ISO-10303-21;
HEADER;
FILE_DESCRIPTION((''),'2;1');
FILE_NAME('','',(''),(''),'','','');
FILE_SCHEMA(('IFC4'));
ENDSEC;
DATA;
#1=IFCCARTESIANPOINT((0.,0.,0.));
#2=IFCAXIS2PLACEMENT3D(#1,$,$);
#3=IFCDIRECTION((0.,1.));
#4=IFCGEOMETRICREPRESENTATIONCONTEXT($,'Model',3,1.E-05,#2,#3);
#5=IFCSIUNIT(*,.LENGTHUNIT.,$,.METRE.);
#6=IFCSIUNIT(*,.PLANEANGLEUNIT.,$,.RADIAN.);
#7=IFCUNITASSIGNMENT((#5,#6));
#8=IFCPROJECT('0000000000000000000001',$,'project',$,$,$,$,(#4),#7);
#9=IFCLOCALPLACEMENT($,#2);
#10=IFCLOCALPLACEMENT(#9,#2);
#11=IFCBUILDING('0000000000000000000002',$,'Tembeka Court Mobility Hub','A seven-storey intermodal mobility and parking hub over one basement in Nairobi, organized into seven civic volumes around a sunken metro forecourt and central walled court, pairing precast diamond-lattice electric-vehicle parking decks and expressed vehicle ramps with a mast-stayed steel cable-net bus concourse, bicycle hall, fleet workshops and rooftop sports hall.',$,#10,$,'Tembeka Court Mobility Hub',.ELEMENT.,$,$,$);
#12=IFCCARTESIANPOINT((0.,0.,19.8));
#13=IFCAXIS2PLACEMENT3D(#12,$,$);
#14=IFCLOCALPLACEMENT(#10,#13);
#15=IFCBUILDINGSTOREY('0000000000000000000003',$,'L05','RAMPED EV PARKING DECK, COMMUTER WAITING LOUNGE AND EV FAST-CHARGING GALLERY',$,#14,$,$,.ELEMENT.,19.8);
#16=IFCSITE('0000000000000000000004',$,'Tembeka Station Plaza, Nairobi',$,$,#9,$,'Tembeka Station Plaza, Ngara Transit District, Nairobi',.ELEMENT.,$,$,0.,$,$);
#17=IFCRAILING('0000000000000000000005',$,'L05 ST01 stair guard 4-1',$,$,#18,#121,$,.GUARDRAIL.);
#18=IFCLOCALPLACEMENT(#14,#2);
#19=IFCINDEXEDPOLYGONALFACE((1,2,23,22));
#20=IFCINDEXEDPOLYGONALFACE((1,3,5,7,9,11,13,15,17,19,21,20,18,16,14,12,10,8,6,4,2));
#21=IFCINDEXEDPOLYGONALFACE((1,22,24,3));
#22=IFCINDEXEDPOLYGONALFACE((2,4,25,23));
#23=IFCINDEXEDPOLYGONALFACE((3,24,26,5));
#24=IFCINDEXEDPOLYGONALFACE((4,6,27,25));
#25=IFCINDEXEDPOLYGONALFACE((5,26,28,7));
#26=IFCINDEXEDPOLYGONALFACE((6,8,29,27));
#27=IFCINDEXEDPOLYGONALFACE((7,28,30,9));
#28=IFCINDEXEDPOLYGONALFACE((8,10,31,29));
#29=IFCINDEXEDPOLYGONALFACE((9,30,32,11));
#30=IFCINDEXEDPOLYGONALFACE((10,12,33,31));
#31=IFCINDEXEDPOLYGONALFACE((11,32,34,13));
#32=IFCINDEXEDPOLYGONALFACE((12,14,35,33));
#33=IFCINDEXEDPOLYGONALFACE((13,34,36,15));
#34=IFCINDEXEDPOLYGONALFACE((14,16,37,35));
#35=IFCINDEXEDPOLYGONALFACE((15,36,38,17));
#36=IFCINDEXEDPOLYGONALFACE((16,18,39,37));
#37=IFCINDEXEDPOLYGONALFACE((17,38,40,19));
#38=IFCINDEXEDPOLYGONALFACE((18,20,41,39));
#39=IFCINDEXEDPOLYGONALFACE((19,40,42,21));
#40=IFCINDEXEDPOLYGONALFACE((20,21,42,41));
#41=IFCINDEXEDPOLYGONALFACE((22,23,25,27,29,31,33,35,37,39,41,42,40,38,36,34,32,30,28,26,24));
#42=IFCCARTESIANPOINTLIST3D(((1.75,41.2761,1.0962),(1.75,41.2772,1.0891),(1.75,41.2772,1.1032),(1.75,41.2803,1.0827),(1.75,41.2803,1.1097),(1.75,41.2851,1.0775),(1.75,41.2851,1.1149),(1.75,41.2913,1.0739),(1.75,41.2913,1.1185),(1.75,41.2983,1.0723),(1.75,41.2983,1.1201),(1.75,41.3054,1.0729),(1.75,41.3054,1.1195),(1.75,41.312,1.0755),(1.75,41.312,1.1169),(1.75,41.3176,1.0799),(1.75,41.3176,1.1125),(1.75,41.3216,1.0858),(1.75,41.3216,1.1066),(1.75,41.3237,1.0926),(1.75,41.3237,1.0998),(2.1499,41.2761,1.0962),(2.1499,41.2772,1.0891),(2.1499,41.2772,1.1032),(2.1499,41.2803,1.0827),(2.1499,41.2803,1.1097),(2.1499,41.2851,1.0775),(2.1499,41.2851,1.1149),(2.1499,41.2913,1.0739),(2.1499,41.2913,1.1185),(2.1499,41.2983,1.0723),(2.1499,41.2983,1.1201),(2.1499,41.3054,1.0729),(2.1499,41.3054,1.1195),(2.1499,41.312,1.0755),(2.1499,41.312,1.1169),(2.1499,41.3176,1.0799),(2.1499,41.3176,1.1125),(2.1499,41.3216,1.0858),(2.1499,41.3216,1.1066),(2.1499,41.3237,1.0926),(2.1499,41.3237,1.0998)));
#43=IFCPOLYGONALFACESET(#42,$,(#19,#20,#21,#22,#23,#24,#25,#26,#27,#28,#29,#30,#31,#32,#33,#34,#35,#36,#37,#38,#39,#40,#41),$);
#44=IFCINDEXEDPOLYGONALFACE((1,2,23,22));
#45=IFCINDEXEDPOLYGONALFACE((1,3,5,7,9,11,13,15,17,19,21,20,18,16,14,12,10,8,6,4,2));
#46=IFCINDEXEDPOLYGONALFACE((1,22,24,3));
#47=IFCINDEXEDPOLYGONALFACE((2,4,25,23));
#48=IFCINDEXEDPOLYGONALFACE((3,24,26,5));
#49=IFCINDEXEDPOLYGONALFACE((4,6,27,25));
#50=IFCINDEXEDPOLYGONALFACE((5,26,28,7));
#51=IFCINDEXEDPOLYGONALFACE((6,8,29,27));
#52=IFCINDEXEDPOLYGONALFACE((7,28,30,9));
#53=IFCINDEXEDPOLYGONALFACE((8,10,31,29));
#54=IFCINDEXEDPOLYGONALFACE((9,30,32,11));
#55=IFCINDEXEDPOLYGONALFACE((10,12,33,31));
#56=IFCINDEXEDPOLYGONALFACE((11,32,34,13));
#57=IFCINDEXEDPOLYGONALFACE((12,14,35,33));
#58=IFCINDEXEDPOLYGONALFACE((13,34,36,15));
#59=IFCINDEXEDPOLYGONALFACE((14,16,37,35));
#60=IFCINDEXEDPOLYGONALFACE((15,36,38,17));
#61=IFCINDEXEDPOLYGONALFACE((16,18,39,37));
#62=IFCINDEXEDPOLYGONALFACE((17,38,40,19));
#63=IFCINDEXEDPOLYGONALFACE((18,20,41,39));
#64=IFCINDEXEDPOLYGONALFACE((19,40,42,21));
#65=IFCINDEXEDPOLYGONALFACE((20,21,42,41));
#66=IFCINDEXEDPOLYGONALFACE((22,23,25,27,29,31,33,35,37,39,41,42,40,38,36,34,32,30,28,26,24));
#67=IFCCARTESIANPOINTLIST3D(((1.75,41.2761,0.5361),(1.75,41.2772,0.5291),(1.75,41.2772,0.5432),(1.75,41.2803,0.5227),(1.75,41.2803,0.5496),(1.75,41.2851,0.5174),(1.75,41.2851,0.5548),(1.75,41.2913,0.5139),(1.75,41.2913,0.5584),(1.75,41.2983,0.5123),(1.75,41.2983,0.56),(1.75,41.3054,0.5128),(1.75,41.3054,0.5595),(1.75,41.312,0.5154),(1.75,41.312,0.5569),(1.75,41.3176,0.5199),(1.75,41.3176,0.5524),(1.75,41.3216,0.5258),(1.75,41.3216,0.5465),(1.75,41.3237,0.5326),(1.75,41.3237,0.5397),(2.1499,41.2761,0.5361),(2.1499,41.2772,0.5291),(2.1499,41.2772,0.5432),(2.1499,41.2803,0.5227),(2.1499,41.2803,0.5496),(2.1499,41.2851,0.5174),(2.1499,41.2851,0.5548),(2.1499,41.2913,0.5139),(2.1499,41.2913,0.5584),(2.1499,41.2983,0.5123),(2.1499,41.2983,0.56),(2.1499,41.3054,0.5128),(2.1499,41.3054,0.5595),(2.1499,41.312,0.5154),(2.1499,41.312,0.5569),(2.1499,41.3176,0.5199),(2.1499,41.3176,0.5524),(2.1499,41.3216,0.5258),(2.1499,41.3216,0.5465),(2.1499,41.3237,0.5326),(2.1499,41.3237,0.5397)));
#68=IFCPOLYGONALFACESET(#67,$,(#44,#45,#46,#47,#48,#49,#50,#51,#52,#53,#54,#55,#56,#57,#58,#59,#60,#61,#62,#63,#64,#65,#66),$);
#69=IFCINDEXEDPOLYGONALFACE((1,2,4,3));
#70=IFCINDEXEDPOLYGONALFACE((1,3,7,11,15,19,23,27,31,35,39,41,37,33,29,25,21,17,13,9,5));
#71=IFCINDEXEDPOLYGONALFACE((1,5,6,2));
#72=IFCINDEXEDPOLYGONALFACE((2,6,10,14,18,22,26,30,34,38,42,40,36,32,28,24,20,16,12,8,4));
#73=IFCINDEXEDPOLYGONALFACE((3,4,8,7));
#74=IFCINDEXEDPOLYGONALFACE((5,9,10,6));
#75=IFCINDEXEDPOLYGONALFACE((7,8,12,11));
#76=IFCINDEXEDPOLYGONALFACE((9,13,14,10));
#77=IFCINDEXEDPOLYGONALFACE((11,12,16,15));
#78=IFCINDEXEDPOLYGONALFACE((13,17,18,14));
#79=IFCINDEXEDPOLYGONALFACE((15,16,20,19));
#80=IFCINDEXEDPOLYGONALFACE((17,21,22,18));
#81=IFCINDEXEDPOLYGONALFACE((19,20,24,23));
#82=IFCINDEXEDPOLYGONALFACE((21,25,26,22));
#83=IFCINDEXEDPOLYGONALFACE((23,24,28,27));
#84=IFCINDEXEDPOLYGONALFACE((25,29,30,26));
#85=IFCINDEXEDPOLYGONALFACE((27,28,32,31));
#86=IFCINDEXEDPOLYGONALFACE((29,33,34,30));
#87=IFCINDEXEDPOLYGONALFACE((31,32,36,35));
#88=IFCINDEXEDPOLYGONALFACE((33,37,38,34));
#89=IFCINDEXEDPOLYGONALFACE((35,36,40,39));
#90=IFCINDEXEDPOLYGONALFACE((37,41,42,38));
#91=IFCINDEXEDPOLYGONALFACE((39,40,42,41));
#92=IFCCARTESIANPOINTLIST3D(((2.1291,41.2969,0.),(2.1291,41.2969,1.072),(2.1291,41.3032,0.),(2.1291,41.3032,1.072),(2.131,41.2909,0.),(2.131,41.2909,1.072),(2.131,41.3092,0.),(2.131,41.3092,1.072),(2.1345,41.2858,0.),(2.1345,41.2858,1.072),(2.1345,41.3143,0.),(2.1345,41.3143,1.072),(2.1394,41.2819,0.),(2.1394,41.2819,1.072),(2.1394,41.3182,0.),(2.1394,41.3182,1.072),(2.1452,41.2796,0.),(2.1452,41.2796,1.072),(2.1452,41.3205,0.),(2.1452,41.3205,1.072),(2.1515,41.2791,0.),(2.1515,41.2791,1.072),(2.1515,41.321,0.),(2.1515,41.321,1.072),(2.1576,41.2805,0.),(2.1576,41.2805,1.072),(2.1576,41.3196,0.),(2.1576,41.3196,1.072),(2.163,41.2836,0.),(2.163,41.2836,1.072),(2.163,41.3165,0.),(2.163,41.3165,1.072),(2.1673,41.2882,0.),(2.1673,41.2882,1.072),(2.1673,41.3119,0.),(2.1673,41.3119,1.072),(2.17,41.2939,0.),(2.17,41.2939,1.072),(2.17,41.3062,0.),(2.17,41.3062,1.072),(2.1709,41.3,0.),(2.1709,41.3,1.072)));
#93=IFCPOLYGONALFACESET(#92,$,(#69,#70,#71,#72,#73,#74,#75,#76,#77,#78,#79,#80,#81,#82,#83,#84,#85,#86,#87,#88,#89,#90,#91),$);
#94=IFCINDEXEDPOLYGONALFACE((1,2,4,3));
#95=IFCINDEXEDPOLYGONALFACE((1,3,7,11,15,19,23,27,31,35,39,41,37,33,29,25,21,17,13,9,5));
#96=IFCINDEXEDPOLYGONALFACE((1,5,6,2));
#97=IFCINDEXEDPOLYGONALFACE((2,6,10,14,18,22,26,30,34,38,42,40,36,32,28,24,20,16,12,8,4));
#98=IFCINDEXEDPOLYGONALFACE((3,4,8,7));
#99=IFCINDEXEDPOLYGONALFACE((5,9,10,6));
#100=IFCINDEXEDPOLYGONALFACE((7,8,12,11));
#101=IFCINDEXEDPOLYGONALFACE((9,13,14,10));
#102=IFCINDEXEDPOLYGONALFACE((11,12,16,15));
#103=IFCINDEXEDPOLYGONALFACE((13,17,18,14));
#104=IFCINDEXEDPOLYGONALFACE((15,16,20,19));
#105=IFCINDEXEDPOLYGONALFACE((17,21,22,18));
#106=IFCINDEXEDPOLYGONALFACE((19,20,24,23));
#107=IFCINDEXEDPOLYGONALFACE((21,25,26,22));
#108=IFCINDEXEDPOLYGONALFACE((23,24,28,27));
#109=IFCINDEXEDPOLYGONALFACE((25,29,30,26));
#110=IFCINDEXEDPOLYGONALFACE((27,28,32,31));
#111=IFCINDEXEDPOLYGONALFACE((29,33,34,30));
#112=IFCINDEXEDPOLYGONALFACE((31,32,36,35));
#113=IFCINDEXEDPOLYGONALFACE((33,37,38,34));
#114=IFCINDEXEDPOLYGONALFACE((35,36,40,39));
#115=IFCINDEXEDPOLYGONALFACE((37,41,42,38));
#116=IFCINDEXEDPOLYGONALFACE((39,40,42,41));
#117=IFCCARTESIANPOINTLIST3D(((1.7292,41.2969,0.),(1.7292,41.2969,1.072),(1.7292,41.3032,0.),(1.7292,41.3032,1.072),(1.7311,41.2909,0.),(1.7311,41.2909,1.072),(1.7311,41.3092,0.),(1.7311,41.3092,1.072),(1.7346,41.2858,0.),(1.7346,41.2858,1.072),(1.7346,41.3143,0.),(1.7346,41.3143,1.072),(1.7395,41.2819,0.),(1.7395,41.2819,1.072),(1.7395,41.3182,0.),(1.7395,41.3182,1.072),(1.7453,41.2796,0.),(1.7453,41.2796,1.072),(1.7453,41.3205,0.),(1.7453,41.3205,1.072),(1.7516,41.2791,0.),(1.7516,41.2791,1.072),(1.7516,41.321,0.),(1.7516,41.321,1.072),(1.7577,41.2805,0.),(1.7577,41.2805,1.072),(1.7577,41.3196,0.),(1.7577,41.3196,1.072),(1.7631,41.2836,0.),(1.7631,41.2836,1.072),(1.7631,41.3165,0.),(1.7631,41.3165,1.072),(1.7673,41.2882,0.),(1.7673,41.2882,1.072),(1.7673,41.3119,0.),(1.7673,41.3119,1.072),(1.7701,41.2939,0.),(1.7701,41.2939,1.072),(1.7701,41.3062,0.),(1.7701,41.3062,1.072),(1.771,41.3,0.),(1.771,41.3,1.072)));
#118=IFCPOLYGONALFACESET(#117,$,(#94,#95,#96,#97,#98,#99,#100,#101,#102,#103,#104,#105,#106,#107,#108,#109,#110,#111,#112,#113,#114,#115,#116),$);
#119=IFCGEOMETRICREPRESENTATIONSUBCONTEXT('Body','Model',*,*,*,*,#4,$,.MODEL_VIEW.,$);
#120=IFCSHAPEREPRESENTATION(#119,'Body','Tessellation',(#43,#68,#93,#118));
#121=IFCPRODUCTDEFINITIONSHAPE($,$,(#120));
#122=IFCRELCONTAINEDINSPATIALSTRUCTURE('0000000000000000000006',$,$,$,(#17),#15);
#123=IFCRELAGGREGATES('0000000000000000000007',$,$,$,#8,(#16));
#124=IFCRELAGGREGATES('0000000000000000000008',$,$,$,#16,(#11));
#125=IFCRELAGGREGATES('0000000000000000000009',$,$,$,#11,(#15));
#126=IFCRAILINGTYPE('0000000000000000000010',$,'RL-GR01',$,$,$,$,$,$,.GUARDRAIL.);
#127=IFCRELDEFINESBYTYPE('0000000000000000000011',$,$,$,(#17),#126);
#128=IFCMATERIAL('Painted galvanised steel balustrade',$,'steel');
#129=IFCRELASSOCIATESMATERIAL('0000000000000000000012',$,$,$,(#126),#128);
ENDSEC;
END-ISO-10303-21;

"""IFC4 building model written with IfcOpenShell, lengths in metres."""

from ifc_helpers import new_model, si_unit, direction, frame, origin, origin_2d, place, context, subcontext, project, spatial, circle, extrude, material, type_object, element, save


model = new_model("IFC4")

# Units and contexts
model_context = context("Model", 3, precision=1e-05, world=origin(), true_north=direction((0.0, 1.0)))
body_context = subcontext(model_context, "Body", "Model", "MODEL_VIEW")
ifc_project = project(units=[si_unit("LENGTHUNIT", "METRE"), si_unit("PLANEANGLEUNIT", "RADIAN")], contexts=[model_context])

# Site, building, storey
site_placement = place(None, origin())
site = spatial("IfcSite", under=ifc_project, at=site_placement, Name="Tembeka Station Plaza, Nairobi", LongName="Tembeka Station Plaza, Ngara Transit District, Nairobi", CompositionType="ELEMENT", RefElevation=0.0)
building_placement = place(site_placement, origin())
building = spatial("IfcBuilding", under=site, at=building_placement, Name="Tembeka Court Mobility Hub", Description="A seven-storey intermodal mobility and parking hub over one basement in Nairobi, organized into seven civic volumes around a sunken metro forecourt and central walled court, pairing precast diamond-lattice electric-vehicle parking decks and expressed vehicle ramps with a mast-stayed steel cable-net bus concourse, bicycle hall, fleet workshops and rooftop sports hall.", LongName="Tembeka Court Mobility Hub", CompositionType="ELEMENT")
storey_placement = place(building_placement, frame((0.0, 0.0, 19.8)))
storey = spatial("IfcBuildingStorey", under=building, at=storey_placement, Name="L05", Description="RAMPED EV PARKING DECK, COMMUTER WAITING LOUNGE AND EV FAST-CHARGING GALLERY", CompositionType="ELEMENT", Elevation=19.8)

# Railing
ifc_material_1 = material(Name="Painted galvanised steel balustrade", Category="steel")
railing_type_1 = type_object("IfcRailingType", Name="RL-GR01", PredefinedType="GUARDRAIL", material=ifc_material_1)
railing_1_placement = place(storey_placement, frame((2.1499, 41.3, 0.0)))
element("IfcRailing", 1, at=railing_1_placement, inside=storey, type_object=railing_type_1, Name="L05 ST01 stair guard 4-1", PredefinedType="GUARDRAIL", context=body_context, shape_type="SweptSolid", body=[
    extrude(circle(Radius=0.0239, at=origin_2d()), frame((0.0, 0.0, 1.0962), z_axis=(-1.0, 0.0, 0.0), x_axis=(0.0, -1.0, 0.0)), (0.0, 0.0, 1.0), 0.3999),
    extrude(circle(Radius=0.0239, at=origin_2d()), frame((0.0, 0.0, 0.5361), z_axis=(-1.0, 0.0, 0.0), x_axis=(0.0, -1.0, 0.0)), (0.0, 0.0, 1.0), 0.3999),
    extrude(circle(Radius=0.021, at=origin_2d()), origin(), (0.0, 0.0, 1.0), 1.072),
    extrude(circle(Radius=0.021, at=origin_2d()), frame((-0.3999, 0.0, 0.0)), (0.0, 0.0, 1.0), 1.072),
])

save(model, "model.ifc")
